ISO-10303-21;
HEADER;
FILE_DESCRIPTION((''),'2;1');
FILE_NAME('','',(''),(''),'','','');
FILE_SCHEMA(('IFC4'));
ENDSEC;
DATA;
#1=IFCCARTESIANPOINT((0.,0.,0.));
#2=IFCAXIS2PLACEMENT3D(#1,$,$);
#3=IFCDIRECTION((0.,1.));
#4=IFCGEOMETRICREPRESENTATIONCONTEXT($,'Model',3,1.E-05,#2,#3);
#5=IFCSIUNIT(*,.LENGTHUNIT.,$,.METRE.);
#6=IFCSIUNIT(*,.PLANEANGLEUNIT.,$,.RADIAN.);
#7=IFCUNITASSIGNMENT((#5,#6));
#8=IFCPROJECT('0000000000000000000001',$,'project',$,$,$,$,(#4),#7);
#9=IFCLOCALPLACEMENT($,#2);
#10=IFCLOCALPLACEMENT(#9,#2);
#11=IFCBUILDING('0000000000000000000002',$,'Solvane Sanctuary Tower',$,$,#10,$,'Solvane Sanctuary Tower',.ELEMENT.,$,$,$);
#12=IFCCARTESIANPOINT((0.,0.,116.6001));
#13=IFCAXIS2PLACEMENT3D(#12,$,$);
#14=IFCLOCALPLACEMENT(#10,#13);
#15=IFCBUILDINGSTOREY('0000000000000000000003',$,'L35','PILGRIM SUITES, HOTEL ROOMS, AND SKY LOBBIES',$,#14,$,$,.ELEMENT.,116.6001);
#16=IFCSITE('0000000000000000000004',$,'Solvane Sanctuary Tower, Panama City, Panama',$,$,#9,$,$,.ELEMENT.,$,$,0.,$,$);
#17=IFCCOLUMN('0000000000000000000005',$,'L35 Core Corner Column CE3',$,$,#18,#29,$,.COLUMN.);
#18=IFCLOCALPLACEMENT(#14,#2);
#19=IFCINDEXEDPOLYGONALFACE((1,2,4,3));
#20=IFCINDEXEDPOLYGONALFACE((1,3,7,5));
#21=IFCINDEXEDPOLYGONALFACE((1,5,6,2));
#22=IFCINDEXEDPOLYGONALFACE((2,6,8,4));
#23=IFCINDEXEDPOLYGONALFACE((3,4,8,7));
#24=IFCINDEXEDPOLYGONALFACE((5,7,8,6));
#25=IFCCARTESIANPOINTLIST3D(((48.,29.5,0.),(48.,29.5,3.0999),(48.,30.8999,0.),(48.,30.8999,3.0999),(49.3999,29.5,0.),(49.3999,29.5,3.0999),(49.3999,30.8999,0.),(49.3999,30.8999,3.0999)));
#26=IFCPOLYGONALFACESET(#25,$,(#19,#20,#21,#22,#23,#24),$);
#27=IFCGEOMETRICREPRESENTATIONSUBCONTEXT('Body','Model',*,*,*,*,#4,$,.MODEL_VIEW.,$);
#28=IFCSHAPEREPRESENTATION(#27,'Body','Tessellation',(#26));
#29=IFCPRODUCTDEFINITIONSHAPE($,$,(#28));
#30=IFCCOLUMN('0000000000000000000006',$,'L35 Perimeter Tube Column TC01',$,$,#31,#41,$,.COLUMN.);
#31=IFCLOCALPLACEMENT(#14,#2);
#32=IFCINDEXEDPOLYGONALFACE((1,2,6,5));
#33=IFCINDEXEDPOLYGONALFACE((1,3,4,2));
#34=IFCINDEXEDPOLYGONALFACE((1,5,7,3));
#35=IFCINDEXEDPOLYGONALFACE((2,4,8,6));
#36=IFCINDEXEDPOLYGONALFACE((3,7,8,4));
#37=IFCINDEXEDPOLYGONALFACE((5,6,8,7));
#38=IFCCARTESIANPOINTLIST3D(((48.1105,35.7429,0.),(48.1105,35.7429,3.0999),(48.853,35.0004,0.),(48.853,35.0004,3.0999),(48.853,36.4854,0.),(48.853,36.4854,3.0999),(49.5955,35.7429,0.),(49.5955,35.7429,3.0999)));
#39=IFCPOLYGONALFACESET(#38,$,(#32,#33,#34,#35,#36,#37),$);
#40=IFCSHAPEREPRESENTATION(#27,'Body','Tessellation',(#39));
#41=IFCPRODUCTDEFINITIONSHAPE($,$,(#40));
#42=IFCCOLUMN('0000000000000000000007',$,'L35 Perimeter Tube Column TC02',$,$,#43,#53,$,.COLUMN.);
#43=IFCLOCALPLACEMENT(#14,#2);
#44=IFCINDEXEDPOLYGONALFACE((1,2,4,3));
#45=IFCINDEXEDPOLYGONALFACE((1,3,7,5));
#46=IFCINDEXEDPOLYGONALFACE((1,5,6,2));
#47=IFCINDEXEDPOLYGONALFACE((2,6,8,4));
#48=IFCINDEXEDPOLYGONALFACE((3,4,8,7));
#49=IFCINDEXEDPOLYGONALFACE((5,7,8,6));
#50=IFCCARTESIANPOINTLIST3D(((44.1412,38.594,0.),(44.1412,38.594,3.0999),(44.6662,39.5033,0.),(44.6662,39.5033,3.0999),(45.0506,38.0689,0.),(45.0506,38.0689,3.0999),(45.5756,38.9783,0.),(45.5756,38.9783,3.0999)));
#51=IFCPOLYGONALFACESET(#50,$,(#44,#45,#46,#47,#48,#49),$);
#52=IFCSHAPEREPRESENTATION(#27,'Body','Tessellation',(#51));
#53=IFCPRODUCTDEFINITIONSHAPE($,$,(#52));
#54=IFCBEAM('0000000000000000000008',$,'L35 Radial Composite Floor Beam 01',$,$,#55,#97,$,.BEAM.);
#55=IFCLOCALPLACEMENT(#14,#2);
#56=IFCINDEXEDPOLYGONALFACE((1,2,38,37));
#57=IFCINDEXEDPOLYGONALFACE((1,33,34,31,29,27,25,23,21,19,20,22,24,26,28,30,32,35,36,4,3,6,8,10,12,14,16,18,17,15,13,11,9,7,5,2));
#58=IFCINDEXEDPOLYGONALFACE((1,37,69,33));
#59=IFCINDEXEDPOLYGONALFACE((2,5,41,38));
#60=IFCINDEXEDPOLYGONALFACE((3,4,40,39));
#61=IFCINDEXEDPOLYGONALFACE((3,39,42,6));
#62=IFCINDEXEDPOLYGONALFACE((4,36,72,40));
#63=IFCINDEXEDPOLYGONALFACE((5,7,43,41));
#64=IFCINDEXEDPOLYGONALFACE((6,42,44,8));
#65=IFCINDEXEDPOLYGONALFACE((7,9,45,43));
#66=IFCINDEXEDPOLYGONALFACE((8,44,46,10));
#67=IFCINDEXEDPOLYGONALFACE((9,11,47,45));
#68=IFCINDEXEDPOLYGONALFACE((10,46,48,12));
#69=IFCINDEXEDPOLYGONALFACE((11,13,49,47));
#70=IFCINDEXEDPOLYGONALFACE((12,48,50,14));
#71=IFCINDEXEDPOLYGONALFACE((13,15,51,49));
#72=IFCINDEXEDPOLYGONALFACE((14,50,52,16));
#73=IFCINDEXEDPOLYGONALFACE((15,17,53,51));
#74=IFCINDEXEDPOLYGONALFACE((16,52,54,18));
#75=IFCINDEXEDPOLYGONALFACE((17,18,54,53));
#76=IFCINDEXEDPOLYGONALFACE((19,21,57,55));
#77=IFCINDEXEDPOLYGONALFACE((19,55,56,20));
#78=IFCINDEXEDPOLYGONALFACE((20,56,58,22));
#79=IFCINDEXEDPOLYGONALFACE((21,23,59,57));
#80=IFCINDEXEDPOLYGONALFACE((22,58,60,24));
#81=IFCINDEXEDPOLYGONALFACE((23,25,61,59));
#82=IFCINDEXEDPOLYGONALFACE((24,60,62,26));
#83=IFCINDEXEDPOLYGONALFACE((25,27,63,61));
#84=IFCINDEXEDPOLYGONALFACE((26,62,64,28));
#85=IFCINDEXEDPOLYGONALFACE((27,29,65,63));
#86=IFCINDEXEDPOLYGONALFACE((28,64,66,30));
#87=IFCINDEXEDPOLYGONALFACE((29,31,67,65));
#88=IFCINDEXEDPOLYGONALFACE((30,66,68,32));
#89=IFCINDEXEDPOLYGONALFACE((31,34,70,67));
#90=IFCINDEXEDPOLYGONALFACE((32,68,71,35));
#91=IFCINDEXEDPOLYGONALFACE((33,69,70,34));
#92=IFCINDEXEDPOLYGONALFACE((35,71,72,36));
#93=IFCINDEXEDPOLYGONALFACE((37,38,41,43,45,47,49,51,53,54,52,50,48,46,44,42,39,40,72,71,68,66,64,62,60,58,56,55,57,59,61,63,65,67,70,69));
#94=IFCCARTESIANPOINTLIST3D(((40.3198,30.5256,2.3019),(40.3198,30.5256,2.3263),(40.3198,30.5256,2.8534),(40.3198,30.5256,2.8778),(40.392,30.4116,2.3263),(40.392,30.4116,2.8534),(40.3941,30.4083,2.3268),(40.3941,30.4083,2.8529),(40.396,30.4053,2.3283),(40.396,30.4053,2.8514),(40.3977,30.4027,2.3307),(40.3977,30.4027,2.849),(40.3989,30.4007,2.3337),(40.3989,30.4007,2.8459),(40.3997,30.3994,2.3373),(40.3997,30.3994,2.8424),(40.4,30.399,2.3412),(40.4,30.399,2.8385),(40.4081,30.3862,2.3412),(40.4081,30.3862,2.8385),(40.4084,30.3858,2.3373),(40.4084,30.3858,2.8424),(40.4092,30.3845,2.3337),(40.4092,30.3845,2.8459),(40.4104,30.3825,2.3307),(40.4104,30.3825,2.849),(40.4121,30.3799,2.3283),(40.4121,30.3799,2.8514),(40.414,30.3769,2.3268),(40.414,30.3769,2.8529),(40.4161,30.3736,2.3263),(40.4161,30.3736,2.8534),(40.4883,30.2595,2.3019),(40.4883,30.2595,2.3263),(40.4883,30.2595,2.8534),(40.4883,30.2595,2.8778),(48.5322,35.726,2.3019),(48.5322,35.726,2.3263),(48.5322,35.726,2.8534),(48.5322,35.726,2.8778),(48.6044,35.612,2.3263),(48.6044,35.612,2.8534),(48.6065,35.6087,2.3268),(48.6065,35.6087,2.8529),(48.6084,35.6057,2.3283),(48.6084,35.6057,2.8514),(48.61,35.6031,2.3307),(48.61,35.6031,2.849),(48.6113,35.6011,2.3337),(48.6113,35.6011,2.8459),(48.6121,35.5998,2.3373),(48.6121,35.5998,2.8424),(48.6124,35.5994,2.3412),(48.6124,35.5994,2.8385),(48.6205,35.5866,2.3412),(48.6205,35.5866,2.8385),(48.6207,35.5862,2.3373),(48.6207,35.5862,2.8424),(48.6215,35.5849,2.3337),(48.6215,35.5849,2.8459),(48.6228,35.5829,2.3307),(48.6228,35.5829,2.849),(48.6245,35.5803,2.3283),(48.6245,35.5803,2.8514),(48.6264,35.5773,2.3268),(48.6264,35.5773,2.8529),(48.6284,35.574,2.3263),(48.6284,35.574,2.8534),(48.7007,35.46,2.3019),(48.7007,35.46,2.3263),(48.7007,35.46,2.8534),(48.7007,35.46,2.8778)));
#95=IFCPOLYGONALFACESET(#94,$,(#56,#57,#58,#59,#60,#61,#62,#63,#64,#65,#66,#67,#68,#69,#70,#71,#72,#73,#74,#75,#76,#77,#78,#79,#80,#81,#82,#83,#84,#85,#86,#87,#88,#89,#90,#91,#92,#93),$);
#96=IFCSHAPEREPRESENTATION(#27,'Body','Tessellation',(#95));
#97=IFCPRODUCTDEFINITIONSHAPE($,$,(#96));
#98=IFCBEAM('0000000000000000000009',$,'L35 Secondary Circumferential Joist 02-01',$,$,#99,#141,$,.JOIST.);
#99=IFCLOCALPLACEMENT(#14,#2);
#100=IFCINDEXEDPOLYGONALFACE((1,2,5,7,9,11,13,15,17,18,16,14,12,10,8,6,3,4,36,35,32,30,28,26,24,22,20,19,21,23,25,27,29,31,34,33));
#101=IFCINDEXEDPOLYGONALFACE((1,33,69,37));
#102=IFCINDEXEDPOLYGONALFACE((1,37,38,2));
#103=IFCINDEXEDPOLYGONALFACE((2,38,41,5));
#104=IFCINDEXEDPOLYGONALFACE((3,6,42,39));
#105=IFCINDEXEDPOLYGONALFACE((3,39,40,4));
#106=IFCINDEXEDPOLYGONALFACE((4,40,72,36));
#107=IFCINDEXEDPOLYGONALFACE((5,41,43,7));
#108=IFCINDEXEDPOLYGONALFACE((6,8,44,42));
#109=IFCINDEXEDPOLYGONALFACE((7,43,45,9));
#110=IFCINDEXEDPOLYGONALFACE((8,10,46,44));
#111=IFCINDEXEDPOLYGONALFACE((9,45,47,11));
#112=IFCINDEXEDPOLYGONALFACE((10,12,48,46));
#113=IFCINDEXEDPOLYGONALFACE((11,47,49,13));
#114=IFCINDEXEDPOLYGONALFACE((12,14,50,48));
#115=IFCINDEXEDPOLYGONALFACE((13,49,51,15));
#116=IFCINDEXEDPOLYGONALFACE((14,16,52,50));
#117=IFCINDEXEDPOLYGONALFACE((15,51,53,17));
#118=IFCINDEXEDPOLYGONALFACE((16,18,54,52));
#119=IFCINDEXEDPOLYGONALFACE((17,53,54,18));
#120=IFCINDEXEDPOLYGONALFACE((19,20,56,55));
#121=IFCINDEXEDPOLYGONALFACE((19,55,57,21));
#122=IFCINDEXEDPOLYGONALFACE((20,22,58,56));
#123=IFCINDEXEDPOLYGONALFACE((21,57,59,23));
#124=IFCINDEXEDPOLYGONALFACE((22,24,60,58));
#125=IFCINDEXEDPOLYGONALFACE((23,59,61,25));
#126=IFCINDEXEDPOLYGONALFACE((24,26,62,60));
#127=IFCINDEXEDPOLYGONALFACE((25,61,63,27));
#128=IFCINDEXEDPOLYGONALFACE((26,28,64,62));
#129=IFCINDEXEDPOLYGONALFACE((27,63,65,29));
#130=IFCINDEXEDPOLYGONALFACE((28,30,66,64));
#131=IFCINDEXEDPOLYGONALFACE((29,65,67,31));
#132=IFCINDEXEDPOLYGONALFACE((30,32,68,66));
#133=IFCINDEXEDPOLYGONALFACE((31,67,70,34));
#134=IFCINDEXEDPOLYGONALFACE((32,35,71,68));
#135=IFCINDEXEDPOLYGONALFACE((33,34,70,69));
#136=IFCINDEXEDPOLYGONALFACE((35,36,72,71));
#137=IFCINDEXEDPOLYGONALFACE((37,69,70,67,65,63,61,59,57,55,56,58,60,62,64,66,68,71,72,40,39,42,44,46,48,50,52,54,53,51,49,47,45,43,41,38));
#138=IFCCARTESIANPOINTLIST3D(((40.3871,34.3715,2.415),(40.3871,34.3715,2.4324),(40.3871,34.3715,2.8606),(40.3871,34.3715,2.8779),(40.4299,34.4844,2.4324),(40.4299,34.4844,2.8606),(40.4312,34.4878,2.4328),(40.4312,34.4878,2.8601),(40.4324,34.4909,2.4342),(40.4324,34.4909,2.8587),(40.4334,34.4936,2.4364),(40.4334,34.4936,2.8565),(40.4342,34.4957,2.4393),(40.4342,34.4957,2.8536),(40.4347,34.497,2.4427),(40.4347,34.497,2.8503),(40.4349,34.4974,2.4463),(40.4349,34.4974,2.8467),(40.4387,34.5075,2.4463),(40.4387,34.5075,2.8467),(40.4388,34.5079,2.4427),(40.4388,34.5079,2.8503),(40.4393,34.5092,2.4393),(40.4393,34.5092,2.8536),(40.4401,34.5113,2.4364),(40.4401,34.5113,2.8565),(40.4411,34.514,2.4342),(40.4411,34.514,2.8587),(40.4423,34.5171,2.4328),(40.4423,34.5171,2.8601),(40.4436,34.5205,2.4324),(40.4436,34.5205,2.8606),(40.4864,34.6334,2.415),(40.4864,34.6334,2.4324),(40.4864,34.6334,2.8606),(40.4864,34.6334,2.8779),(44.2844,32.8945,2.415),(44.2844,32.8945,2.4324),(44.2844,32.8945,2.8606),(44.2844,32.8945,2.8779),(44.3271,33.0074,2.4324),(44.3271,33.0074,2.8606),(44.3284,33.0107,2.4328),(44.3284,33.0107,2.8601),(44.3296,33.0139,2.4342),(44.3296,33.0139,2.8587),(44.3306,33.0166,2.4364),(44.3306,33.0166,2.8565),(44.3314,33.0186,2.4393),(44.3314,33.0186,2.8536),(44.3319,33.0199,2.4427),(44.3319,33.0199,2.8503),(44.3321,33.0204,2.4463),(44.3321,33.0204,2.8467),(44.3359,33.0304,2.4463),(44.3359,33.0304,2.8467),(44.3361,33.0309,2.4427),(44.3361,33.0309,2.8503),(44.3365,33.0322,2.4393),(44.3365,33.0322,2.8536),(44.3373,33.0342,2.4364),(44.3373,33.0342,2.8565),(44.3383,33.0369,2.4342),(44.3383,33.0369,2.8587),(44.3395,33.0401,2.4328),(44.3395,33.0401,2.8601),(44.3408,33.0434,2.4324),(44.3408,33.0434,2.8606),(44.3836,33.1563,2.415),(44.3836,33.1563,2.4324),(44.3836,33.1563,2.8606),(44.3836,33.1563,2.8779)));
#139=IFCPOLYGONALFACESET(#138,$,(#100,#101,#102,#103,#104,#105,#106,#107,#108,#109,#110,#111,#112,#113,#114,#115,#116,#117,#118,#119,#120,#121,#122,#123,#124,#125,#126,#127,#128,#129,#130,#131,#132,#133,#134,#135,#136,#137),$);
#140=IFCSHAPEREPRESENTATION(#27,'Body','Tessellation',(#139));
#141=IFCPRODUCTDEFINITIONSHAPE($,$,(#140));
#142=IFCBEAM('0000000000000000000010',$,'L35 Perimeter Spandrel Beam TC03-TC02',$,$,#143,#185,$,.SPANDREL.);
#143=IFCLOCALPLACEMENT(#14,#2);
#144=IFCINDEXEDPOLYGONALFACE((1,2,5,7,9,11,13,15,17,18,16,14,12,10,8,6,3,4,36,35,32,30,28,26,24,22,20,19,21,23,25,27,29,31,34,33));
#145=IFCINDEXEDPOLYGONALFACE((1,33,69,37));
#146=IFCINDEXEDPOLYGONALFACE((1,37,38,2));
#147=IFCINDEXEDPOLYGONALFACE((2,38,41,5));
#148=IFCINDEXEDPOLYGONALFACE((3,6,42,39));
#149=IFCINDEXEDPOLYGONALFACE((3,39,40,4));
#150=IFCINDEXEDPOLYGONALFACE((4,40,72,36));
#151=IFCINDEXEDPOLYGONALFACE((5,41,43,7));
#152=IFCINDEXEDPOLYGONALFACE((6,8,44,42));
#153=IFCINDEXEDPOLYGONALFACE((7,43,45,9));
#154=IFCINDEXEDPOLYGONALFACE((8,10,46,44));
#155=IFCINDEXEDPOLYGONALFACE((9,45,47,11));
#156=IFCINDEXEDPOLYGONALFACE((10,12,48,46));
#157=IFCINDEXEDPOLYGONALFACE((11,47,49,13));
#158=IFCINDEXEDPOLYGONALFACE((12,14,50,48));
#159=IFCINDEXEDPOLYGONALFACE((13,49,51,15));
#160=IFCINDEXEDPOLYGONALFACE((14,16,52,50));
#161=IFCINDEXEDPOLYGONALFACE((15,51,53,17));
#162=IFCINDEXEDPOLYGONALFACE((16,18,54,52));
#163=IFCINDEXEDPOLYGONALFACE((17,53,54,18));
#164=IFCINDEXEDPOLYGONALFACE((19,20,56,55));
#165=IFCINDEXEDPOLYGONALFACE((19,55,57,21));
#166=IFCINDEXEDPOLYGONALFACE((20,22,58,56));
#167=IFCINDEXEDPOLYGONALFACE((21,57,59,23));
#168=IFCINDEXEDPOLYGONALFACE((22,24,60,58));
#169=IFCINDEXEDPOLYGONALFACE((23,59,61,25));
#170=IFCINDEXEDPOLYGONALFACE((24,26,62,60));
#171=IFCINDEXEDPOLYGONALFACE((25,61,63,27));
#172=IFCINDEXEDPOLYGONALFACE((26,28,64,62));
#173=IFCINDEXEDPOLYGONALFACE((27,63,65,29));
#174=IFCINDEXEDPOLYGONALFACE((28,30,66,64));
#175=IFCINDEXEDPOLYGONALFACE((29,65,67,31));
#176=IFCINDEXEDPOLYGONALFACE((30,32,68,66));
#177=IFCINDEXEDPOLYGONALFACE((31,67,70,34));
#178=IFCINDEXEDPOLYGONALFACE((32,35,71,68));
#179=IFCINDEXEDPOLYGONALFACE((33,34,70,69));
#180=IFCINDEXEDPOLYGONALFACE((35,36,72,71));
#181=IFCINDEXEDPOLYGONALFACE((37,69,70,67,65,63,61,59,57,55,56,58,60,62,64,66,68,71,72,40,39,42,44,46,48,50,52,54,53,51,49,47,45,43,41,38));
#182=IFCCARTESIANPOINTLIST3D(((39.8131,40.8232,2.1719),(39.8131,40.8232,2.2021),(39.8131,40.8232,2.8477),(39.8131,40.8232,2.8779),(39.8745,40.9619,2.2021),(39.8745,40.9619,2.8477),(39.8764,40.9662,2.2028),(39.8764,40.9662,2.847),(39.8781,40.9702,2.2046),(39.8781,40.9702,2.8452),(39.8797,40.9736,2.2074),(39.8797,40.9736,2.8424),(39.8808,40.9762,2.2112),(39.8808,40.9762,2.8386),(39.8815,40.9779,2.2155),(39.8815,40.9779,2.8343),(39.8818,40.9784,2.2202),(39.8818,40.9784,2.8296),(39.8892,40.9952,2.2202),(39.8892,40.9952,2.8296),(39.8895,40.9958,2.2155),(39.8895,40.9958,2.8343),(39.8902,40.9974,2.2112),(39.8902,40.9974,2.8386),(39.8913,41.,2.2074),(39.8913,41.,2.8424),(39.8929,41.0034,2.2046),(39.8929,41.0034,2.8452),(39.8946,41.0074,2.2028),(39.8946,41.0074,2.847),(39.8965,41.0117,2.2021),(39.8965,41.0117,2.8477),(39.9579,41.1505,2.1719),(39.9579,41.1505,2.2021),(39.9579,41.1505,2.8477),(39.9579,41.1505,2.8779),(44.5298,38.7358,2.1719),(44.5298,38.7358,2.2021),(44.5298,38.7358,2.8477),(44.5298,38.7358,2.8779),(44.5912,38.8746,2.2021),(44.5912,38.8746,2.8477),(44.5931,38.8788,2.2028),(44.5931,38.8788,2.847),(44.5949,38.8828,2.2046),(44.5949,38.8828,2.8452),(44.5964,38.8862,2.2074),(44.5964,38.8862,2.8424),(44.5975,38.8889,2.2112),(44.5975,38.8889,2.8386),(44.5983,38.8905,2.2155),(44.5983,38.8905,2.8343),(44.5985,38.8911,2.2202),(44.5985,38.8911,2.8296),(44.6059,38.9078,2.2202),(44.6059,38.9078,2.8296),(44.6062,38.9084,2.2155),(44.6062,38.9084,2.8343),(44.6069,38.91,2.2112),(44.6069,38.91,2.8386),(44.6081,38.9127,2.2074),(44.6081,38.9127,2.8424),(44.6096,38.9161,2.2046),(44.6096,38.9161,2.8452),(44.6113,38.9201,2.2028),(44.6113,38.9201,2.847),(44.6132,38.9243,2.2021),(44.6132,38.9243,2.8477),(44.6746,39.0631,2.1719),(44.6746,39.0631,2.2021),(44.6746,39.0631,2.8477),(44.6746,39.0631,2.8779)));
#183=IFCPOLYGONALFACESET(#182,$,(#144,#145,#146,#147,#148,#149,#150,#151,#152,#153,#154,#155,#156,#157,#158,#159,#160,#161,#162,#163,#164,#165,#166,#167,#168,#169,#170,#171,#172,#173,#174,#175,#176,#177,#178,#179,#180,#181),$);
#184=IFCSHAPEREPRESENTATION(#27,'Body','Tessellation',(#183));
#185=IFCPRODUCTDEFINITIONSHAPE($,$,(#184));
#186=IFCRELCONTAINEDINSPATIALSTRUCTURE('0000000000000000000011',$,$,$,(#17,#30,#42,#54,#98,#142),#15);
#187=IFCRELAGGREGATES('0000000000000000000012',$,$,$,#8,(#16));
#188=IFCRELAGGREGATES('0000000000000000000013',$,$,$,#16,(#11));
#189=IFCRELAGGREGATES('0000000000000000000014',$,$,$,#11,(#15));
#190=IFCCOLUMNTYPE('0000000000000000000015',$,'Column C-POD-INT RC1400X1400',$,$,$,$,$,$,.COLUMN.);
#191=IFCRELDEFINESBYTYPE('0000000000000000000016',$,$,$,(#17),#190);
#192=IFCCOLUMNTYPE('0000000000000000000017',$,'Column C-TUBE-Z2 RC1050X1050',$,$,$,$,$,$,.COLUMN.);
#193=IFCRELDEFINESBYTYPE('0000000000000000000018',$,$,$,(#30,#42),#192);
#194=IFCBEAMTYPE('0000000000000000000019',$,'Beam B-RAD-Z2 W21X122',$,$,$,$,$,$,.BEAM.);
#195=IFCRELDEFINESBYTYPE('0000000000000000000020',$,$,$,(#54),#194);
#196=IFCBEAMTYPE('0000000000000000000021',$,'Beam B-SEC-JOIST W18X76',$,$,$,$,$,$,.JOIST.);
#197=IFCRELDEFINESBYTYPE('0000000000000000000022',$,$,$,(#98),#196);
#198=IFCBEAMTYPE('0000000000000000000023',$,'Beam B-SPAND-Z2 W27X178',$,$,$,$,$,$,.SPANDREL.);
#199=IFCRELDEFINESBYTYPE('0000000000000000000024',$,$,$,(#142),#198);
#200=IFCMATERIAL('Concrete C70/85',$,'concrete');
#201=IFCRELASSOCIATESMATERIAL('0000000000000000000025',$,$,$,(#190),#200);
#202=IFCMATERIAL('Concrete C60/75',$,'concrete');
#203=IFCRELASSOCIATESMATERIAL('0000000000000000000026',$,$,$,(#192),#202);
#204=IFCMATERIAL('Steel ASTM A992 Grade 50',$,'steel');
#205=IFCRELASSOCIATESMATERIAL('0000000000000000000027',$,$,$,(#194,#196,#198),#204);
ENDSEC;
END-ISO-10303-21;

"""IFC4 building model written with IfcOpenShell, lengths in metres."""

from ifc_helpers import new_model, si_unit, direction, frame, origin, origin_2d, place, context, subcontext, project, spatial, rectangle, i_section, extrude, material, material_profile, profile_set, type_object, element, save


model = new_model("IFC4")

# Units and contexts
model_context = context("Model", 3, precision=1e-05, world=origin(), true_north=direction((0.0, 1.0)))
body_context = subcontext(model_context, "Body", "Model", "MODEL_VIEW")
ifc_project = project(units=[si_unit("LENGTHUNIT", "METRE"), si_unit("PLANEANGLEUNIT", "RADIAN")], contexts=[model_context])

# Site, building, storey
site_placement = place(None, origin())
site = spatial("IfcSite", under=ifc_project, at=site_placement, Name="Solvane Sanctuary Tower, Panama City, Panama", CompositionType="ELEMENT", RefElevation=0.0)
building_placement = place(site_placement, origin())
building = spatial("IfcBuilding", under=site, at=building_placement, Name="Solvane Sanctuary Tower", LongName="Solvane Sanctuary Tower", CompositionType="ELEMENT")
storey_placement = place(building_placement, frame((0.0, 0.0, 116.6001)))
storey = spatial("IfcBuildingStorey", under=building, at=storey_placement, Name="L35", Description="PILGRIM SUITES, HOTEL ROOMS, AND SKY LOBBIES", CompositionType="ELEMENT", Elevation=116.6001)

# Columns
ifc_material_1 = material(Name="Concrete C70/85", Category="concrete")
ifc_material_profile_1 = material_profile(ifc_material_1, rectangle(XDim=1.3999, YDim=1.3999, at=origin_2d()), Name="RC1400X1400")
ifc_profile_set_1 = profile_set([ifc_material_profile_1], Name="Concrete C70/85")
column_type_1 = type_object("IfcColumnType", Name="Column C-POD-INT RC1400X1400", PredefinedType="COLUMN", material=ifc_profile_set_1)
column_placement = place(storey_placement, frame((48.7, 30.2, 0.0), z_axis=(0.0, 0.0, 1.0), x_axis=(1.0, 0.0, 0.0)))
element("IfcColumn", 1, at=column_placement, inside=storey, type_object=column_type_1, Name="L35 Core Corner Column CE3", PredefinedType="COLUMN", context=body_context, shape_type="SweptSolid", body=[
    extrude(rectangle(XDim=1.3999, YDim=1.3999, at=origin_2d()), origin(), (0.0, 0.0, 1.0), 3.0999),
])
ifc_material_2 = material(Name="Concrete C60/75", Category="concrete")
ifc_material_profile_2 = material_profile(ifc_material_2, rectangle(XDim=1.05, YDim=1.05, at=origin_2d()), Name="RC1050X1050")
ifc_profile_set_2 = profile_set([ifc_material_profile_2], Name="Concrete C60/75")
column_type_2 = type_object("IfcColumnType", Name="Column C-TUBE-Z2 RC1050X1050", PredefinedType="COLUMN", material=ifc_profile_set_2)
for number, where, z_axis, x_axis, name in (
    (2, (48.853, 35.7429, 0.0), (0.0, 0.0, 1.0), (0.707107, 0.707107, 0.0), "L35 Perimeter Tube Column TC01"),
    (3, (44.8584, 38.7861, 0.0), (0.0, 0.0, 1.0), (0.5, 0.866025, 0.0), "L35 Perimeter Tube Column TC02"),
):
    element("IfcColumn", number, at=place(storey_placement, frame(where, z_axis=z_axis, x_axis=x_axis)), inside=storey, type_object=column_type_2, Name=name, PredefinedType="COLUMN", context=body_context, shape_type="SweptSolid", body=[
        extrude(rectangle(XDim=1.05, YDim=1.05, at=origin_2d()), origin(), (0.0, 0.0, 1.0), 3.0999),
    ])

# Beams
ifc_material_3 = material(Name="Steel ASTM A992 Grade 50", Category="steel")
ifc_material_profile_3 = material_profile(ifc_material_3, i_section(OverallWidth=0.3149, OverallDepth=0.5759, WebThickness=0.0151, FlangeThickness=0.0244, FilletRadius=0.0149, at=origin_2d()), Name="W21X122")
ifc_profile_set_3 = profile_set([ifc_material_profile_3], Name="Steel ASTM A992 Grade 50")
beam_type_1 = type_object("IfcBeamType", Name="Beam B-RAD-Z2 W21X122", PredefinedType="BEAM", material=ifc_profile_set_3)
beam_1_placement = place(storey_placement, frame((40.4041, 30.3926, 2.5898), z_axis=(0.844854, 0.534997, 0.0), x_axis=(-0.534997, 0.844854, 0.0)))
element("IfcBeam", 4, at=beam_1_placement, inside=storey, type_object=beam_type_1, Name="L35 Radial Composite Floor Beam 01", PredefinedType="BEAM", context=body_context, shape_type="SweptSolid", body=[
    extrude(i_section(OverallWidth=0.3149, OverallDepth=0.5759, WebThickness=0.0151, FlangeThickness=0.0244, FilletRadius=0.0149, at=origin_2d()), origin(), (0.0, 0.0, 1.0), 9.7205),
])
ifc_material_profile_4 = material_profile(ifc_material_3, i_section(OverallWidth=0.28, OverallDepth=0.4629, WebThickness=0.0107, FlangeThickness=0.0173, FilletRadius=0.0139, at=origin_2d()), Name="W18X76")
ifc_profile_set_4 = profile_set([ifc_material_profile_4], Name="Steel ASTM A992 Grade 50")
beam_type_2 = type_object("IfcBeamType", Name="Beam B-SEC-JOIST W18X76", PredefinedType="JOIST", material=ifc_profile_set_4)
beam_2_placement = place(storey_placement, frame((40.4368, 34.5024, 2.6465), z_axis=(0.935093, -0.354402, 0.0), x_axis=(0.354402, 0.935093, 0.0)))
element("IfcBeam", 5, at=beam_2_placement, inside=storey, type_object=beam_type_2, Name="L35 Secondary Circumferential Joist 02-01", PredefinedType="JOIST", context=body_context, shape_type="SweptSolid", body=[
    extrude(i_section(OverallWidth=0.28, OverallDepth=0.4629, WebThickness=0.0107, FlangeThickness=0.0173, FilletRadius=0.0139, at=origin_2d()), origin(), (0.0, 0.0, 1.0), 4.1677),
])
ifc_material_profile_5 = material_profile(ifc_material_3, i_section(OverallWidth=0.3579, OverallDepth=0.7061, WebThickness=0.0183, FlangeThickness=0.0303, FilletRadius=0.0181, at=origin_2d()), Name="W27X178")
ifc_profile_set_5 = profile_set([ifc_material_profile_5], Name="Steel ASTM A992 Grade 50")
beam_type_3 = type_object("IfcBeamType", Name="Beam B-SPAND-Z2 W27X178", PredefinedType="SPANDREL", material=ifc_profile_set_5)
beam_3_placement = place(storey_placement, frame((39.8855, 40.9868, 2.5249), z_axis=(0.914455, -0.404689, 0.0), x_axis=(0.404689, 0.914455, 0.0)))
element("IfcBeam", 6, at=beam_3_placement, inside=storey, type_object=beam_type_3, Name="L35 Perimeter Spandrel Beam TC03-TC02", PredefinedType="SPANDREL", context=body_context, shape_type="SweptSolid", body=[
    extrude(i_section(OverallWidth=0.3579, OverallDepth=0.7061, WebThickness=0.0183, FlangeThickness=0.0303, FilletRadius=0.0181, at=origin_2d()), origin(), (0.0, 0.0, 1.0), 5.158),
])

save(model, "model.ifc")
